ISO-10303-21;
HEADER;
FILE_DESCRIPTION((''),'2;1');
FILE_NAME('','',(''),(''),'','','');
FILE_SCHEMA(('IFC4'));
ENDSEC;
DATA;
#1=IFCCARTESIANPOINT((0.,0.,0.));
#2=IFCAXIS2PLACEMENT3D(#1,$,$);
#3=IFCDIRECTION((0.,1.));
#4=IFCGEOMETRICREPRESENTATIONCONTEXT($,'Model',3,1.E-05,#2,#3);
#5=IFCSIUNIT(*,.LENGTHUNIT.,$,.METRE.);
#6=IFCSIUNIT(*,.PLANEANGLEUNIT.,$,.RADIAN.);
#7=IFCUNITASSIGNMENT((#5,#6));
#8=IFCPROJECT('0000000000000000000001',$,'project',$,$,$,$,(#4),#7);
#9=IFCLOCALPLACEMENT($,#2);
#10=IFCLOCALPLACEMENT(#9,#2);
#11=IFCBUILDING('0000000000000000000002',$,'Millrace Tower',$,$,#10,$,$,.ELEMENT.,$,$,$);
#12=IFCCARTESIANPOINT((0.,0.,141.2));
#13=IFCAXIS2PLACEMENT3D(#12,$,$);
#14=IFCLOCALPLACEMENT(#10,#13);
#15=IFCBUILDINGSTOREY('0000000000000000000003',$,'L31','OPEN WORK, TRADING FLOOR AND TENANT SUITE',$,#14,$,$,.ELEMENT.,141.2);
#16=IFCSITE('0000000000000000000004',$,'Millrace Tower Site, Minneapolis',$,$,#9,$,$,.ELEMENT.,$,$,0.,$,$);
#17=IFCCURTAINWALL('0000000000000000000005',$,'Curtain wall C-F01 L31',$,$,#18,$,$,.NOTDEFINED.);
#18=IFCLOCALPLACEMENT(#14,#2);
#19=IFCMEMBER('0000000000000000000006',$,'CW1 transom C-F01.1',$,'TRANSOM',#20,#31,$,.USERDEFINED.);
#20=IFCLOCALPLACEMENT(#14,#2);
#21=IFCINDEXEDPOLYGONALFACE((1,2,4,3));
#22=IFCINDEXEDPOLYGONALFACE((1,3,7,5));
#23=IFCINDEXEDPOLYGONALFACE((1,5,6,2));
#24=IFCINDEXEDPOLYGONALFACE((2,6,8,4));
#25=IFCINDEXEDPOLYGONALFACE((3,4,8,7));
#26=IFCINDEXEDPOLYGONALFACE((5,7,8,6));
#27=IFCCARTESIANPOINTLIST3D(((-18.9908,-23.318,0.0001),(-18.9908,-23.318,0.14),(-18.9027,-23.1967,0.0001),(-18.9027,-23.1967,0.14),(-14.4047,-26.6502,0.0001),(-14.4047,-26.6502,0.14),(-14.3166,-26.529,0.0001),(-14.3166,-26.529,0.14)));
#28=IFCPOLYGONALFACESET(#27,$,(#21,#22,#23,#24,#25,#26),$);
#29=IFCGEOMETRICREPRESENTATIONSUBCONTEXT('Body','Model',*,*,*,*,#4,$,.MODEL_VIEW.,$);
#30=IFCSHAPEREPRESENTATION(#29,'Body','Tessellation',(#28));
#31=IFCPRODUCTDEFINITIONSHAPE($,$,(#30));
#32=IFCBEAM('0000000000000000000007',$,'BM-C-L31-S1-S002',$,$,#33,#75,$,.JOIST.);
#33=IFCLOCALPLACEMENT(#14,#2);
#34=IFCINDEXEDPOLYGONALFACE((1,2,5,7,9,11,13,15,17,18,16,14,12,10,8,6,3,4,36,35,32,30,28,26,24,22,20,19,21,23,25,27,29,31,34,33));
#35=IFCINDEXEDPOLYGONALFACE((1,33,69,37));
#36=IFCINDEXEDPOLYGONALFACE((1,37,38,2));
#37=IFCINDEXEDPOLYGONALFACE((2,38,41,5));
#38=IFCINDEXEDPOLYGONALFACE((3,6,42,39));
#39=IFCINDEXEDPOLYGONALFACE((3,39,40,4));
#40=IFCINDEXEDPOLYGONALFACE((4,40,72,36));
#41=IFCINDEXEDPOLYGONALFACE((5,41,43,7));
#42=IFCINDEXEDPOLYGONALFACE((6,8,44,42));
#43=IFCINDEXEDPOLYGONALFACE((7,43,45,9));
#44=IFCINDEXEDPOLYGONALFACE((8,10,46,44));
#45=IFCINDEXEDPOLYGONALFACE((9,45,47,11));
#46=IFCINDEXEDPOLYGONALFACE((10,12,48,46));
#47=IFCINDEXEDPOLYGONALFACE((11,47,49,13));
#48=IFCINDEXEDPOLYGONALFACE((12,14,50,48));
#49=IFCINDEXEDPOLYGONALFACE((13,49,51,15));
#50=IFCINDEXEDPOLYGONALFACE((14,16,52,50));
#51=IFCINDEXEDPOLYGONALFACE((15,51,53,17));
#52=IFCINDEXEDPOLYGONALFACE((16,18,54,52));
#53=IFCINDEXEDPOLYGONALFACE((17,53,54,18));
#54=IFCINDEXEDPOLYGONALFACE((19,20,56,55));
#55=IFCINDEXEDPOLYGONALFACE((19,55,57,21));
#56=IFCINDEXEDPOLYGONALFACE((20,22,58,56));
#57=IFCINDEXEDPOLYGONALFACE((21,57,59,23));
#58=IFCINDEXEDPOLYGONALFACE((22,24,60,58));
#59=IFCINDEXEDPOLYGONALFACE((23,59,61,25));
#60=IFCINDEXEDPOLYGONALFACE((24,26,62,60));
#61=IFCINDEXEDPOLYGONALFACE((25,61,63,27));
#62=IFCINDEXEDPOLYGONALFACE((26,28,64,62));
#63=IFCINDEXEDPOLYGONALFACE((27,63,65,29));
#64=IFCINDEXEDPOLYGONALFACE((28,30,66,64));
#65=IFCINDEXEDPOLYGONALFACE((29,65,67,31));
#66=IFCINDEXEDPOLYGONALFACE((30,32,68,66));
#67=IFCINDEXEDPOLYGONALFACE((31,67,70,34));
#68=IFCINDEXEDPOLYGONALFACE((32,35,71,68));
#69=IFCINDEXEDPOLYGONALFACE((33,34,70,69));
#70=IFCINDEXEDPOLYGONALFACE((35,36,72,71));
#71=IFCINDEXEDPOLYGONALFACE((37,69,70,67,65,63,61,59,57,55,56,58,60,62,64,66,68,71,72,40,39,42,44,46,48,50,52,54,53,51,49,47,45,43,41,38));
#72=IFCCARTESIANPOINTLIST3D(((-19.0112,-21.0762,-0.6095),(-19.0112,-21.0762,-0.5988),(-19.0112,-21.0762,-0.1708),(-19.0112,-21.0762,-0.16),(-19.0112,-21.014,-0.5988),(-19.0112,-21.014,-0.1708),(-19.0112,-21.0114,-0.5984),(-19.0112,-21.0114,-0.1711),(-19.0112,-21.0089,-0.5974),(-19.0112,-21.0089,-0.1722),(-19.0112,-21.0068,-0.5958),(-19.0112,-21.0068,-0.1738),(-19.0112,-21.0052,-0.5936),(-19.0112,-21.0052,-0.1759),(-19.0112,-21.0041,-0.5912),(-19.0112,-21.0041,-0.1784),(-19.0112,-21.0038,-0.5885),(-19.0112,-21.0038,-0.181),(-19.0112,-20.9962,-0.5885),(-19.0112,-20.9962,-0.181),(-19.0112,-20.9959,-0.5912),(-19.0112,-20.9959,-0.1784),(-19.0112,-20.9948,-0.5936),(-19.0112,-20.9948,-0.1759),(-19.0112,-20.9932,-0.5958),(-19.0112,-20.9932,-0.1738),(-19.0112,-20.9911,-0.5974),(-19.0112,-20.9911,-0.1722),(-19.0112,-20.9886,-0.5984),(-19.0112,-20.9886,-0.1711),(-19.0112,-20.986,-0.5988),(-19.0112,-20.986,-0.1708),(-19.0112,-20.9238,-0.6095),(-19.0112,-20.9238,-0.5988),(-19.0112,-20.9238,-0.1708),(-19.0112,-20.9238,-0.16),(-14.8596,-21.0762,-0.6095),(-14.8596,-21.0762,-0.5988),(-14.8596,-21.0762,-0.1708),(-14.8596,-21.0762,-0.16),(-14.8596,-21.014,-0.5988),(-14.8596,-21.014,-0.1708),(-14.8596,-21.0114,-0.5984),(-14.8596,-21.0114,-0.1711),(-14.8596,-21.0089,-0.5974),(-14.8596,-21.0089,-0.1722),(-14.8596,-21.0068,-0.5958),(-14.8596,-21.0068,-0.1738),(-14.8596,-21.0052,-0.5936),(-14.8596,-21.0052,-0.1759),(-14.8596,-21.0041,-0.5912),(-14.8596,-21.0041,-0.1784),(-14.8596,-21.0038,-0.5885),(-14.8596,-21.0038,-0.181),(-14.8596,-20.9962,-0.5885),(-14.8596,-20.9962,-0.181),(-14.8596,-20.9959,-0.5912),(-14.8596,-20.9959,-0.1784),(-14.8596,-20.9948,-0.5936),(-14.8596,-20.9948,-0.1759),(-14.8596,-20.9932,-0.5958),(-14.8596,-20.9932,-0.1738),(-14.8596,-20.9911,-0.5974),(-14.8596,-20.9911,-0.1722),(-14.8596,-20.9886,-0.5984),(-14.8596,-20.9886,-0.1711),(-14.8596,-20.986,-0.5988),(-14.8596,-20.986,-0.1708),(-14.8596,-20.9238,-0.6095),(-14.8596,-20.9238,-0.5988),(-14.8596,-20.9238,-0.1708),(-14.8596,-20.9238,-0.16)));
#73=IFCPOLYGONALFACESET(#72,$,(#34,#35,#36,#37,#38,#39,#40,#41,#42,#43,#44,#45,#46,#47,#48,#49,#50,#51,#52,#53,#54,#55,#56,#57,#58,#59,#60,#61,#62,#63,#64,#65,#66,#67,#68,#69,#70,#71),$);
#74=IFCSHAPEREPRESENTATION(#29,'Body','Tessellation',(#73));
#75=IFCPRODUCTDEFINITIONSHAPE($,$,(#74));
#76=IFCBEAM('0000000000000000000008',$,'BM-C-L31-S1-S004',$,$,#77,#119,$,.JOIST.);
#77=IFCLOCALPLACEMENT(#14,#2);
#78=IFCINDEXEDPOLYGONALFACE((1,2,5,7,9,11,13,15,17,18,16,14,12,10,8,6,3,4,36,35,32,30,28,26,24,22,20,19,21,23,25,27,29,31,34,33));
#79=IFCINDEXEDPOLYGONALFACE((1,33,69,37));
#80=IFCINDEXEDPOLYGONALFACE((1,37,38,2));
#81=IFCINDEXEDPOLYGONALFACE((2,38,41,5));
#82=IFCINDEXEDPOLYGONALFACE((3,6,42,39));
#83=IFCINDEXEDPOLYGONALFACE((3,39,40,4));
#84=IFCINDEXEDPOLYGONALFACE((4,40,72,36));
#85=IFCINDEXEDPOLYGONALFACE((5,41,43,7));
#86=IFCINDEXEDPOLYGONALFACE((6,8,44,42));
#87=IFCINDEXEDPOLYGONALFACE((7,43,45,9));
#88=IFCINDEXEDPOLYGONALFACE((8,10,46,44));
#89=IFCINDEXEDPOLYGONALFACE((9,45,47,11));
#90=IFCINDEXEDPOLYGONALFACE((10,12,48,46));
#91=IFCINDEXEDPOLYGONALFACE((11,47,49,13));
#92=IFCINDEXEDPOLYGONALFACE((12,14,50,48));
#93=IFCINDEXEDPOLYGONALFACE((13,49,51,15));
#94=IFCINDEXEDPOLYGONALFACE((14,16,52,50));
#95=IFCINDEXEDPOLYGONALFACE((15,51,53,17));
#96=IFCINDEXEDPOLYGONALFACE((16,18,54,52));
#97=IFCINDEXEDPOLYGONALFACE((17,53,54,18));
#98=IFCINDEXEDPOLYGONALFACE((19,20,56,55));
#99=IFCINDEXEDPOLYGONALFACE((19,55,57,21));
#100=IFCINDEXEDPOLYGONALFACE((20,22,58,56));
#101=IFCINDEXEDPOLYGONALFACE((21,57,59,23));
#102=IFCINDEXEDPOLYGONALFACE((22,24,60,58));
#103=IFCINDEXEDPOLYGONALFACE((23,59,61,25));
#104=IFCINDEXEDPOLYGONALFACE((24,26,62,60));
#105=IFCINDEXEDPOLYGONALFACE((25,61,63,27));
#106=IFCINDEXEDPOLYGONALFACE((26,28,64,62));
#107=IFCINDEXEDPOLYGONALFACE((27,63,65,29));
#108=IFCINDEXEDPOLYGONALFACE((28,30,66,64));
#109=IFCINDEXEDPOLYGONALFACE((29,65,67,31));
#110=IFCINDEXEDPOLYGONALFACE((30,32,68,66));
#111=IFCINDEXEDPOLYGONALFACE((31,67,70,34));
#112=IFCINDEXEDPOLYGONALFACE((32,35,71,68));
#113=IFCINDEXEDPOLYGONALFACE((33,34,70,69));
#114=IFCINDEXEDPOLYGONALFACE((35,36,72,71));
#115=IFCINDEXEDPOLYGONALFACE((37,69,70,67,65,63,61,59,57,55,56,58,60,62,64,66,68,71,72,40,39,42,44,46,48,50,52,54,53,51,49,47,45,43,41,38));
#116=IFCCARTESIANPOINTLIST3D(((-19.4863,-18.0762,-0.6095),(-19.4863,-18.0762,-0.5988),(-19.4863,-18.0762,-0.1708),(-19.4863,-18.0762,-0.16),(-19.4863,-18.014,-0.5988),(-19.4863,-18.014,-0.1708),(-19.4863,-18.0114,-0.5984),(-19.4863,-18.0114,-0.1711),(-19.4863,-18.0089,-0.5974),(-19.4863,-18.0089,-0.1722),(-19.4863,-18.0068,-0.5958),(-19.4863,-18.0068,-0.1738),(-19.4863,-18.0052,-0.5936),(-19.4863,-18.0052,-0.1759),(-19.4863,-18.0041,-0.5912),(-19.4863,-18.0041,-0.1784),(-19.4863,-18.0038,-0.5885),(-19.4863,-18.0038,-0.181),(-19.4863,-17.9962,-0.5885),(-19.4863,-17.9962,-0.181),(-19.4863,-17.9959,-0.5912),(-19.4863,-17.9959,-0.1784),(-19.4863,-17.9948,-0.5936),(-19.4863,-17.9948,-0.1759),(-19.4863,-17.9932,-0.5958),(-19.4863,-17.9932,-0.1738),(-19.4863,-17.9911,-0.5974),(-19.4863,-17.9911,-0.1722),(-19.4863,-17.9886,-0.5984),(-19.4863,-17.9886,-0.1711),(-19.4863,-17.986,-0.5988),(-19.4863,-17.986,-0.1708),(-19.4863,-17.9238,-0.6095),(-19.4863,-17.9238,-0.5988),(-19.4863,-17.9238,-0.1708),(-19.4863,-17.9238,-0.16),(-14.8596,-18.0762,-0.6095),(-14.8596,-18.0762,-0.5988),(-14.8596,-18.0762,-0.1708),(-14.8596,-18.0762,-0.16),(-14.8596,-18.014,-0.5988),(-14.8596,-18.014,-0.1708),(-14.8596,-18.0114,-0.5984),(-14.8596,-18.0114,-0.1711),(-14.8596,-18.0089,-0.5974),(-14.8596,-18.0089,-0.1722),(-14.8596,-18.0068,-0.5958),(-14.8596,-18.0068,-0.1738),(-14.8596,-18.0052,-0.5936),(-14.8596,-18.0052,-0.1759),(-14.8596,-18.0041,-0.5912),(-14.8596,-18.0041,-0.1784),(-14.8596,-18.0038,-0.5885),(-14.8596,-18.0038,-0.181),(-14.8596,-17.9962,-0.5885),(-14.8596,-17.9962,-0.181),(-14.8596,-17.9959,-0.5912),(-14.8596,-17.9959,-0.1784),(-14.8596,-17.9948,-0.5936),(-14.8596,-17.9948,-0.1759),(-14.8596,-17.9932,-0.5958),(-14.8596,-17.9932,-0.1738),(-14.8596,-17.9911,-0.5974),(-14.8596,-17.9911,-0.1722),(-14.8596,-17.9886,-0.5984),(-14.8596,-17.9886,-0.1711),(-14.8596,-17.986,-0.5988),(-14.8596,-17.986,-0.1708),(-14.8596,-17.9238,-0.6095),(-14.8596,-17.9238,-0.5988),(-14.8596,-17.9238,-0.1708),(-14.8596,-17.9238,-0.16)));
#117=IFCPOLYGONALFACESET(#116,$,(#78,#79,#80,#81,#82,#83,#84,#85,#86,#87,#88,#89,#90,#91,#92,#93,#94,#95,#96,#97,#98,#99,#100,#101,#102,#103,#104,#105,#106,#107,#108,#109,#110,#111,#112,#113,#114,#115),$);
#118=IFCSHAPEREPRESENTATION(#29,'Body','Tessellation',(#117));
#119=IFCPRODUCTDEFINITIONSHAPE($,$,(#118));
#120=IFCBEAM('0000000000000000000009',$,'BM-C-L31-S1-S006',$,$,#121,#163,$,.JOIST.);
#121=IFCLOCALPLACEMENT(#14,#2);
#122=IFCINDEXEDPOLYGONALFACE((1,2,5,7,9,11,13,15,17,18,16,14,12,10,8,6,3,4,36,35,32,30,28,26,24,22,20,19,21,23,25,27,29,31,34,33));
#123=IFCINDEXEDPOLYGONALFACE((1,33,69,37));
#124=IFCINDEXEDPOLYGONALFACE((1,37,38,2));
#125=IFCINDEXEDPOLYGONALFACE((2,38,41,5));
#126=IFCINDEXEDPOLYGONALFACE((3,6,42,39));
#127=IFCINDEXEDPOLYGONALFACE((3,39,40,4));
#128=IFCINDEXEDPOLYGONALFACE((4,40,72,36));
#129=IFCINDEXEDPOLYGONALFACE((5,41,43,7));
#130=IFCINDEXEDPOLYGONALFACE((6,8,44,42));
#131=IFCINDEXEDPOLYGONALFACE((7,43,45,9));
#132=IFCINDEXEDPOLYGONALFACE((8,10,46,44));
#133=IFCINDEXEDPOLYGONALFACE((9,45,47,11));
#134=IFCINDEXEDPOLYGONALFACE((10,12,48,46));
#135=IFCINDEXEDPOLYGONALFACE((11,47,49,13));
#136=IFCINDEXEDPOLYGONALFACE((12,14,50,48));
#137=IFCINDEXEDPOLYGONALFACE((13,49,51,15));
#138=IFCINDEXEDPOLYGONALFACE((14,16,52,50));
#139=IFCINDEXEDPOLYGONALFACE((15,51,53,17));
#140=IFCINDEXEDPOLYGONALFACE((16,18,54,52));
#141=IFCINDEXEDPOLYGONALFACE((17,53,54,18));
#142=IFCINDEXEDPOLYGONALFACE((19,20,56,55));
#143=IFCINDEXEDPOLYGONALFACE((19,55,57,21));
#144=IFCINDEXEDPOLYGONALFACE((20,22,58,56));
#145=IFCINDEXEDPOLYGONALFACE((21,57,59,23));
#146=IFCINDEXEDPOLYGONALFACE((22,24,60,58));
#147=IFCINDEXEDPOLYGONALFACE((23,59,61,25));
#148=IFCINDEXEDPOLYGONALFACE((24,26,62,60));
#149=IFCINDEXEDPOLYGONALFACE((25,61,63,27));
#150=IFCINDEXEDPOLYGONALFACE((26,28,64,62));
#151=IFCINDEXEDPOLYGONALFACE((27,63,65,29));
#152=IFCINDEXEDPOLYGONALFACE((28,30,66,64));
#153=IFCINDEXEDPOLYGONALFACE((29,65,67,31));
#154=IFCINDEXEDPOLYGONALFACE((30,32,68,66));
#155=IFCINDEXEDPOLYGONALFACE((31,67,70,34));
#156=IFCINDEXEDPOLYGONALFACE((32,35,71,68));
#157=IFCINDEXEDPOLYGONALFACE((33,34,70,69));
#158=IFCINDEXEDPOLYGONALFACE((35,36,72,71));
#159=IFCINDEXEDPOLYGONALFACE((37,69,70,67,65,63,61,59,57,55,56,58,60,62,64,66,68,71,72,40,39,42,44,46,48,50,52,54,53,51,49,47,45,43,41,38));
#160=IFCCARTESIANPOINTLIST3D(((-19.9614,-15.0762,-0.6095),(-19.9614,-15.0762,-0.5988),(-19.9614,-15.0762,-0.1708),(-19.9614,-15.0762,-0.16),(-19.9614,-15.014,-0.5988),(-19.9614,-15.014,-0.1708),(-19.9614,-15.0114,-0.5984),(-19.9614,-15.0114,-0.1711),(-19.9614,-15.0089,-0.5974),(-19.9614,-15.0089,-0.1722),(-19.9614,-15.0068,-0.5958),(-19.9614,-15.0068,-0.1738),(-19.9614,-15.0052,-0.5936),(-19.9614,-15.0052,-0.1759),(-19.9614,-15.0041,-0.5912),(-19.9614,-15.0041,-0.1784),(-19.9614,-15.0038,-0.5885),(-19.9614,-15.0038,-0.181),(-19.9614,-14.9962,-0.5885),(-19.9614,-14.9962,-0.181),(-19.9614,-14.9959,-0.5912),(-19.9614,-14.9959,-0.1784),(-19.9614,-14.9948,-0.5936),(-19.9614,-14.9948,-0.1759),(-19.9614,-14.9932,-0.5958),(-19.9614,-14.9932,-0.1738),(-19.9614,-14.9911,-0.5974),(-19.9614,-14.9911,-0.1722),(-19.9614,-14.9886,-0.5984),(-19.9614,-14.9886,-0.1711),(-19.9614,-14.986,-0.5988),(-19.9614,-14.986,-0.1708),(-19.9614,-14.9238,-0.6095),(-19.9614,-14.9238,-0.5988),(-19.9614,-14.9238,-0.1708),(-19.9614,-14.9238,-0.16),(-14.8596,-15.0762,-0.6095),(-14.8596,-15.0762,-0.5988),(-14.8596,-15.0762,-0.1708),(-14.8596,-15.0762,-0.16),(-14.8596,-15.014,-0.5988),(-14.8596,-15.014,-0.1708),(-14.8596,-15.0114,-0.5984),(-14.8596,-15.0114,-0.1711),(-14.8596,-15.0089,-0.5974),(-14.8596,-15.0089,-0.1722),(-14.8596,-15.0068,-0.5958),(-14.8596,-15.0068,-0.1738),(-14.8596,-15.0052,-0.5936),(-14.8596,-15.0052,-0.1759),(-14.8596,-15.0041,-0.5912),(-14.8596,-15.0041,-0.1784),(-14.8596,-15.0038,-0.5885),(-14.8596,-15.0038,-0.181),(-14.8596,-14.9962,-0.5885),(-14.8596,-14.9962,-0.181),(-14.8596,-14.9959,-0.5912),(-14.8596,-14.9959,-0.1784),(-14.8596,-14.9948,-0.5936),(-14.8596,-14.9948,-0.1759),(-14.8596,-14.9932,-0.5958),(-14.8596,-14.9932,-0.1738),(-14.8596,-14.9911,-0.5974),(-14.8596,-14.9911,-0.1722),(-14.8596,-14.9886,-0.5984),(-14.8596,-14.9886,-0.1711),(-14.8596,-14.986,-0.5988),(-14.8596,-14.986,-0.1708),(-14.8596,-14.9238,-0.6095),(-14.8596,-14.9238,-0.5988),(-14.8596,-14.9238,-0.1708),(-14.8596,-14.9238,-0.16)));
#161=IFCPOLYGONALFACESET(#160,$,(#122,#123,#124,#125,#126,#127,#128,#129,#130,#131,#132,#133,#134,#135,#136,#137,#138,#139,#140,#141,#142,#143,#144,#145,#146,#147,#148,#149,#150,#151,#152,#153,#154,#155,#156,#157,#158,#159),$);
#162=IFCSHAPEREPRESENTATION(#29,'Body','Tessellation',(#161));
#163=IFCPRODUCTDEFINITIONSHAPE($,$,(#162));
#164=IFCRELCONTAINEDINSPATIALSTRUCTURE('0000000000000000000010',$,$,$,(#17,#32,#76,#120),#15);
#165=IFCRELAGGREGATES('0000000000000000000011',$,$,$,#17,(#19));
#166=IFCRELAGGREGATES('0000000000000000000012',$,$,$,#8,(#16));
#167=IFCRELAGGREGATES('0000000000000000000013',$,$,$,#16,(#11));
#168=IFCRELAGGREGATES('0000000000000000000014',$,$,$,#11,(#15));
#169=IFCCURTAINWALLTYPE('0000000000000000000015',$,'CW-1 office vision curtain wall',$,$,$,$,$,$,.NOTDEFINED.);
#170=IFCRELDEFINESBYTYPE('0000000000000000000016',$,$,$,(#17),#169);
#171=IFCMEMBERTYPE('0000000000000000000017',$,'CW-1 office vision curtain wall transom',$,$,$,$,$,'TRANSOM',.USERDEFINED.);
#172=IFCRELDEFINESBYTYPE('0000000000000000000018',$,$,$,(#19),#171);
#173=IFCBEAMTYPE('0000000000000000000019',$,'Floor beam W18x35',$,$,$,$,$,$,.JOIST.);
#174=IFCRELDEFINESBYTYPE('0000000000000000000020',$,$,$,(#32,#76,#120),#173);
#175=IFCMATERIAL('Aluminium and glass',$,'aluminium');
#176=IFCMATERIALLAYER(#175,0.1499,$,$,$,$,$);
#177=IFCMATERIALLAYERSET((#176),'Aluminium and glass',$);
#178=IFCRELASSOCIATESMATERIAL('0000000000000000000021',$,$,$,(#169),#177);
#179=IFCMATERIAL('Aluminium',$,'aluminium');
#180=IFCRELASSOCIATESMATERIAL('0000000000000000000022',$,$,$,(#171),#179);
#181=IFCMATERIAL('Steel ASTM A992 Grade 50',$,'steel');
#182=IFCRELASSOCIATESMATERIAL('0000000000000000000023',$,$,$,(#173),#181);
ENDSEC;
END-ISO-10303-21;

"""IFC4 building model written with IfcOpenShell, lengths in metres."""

from ifc_helpers import new_model, si_unit, direction, frame, origin, origin_2d, place, context, subcontext, project, spatial, rectangle, i_section, extrude, material, layer, layer_set, material_profile, profile_set, type_object, element, aggregate, save


model = new_model("IFC4")

# Units and contexts
model_context = context("Model", 3, precision=1e-05, world=origin(), true_north=direction((0.0, 1.0)))
body_context = subcontext(model_context, "Body", "Model", "MODEL_VIEW")
ifc_project = project(units=[si_unit("LENGTHUNIT", "METRE"), si_unit("PLANEANGLEUNIT", "RADIAN")], contexts=[model_context])

# Site, building, storey
site_placement = place(None, origin())
site = spatial("IfcSite", under=ifc_project, at=site_placement, Name="Millrace Tower Site, Minneapolis", CompositionType="ELEMENT", RefElevation=0.0)
building_placement = place(site_placement, origin())
building = spatial("IfcBuilding", under=site, at=building_placement, Name="Millrace Tower", CompositionType="ELEMENT")
storey_placement = place(building_placement, frame((0.0, 0.0, 141.2)))
storey = spatial("IfcBuildingStorey", under=building, at=storey_placement, Name="L31", Description="OPEN WORK, TRADING FLOOR AND TENANT SUITE", CompositionType="ELEMENT", Elevation=141.2)

# Curtain wall
ifc_material_1 = material(Name="Aluminium and glass", Category="aluminium")
ifc_layer_1 = layer(ifc_material_1, 0.1499)
ifc_layer_set_1 = layer_set([ifc_layer_1], Name="Aluminium and glass")
curtain_wall_type = type_object("IfcCurtainWallType", Name="CW-1 office vision curtain wall", PredefinedType="NOTDEFINED", material=ifc_layer_set_1)
placement = place(storey_placement, origin())
curtain_wall_1 = element("IfcCurtainWall", 1, at=placement, inside=storey, type_object=curtain_wall_type, Name="Curtain wall C-F01 L31", PredefinedType="NOTDEFINED")

# Member
ifc_material_2 = material(Name="Aluminium", Category="aluminium")
ifc_material_profile_1 = material_profile(ifc_material_2, rectangle(XDim=0.1499, YDim=0.1399, at=origin_2d()))
ifc_profile_set_1 = profile_set([ifc_material_profile_1], Name="Aluminium")
member_type_1 = type_object("IfcMemberType", Name="CW-1 office vision curtain wall transom", ElementType="TRANSOM", PredefinedType="USERDEFINED", material=ifc_profile_set_1)
member_1_placement = place(storey_placement, frame((-18.9468, -23.2573, 0.0701), z_axis=(0.808999, -0.587811, 0.0), x_axis=(0.587811, 0.808999, 0.0)))
member_1 = element("IfcMember", 2, at=member_1_placement, type_object=member_type_1, Name="CW1 transom C-F01.1", ObjectType="TRANSOM", PredefinedType="USERDEFINED", context=body_context, shape_type="SweptSolid", body=[
    extrude(rectangle(XDim=0.1499, YDim=0.1399, at=origin_2d()), origin(), (0.0, 0.0, 1.0), 5.6689),
])
aggregate(curtain_wall_1, [member_1])

# Beams
ifc_material_3 = material(Name="Steel ASTM A992 Grade 50", Category="steel")
ifc_material_profile_2 = material_profile(ifc_material_3, i_section(OverallWidth=0.1523, OverallDepth=0.4495, WebThickness=0.0076, FlangeThickness=0.0107, FilletRadius=0.0103, at=origin_2d()))
ifc_profile_set_2 = profile_set([ifc_material_profile_2], Name="Steel ASTM A992 Grade 50")
beam_type_1 = type_object("IfcBeamType", Name="Floor beam W18x35", PredefinedType="JOIST", material=ifc_profile_set_2)
beam_1_placement = place(storey_placement, frame((-19.0112, -21.0, -0.3848), z_axis=(1.0, 0.0, 0.0), x_axis=(0.0, 1.0, 0.0)))
element("IfcBeam", 3, at=beam_1_placement, inside=storey, type_object=beam_type_1, Name="BM-C-L31-S1-S002", PredefinedType="JOIST", context=body_context, shape_type="SweptSolid", body=[
    extrude(i_section(OverallWidth=0.1523, OverallDepth=0.4495, WebThickness=0.0076, FlangeThickness=0.0107, FilletRadius=0.0103, at=origin_2d()), origin(), (0.0, 0.0, 1.0), 4.1516),
])
beam_2_placement = place(storey_placement, frame((-19.4863, -18.0, -0.3848), z_axis=(1.0, 0.0, 0.0), x_axis=(0.0, 1.0, 0.0)))
element("IfcBeam", 4, at=beam_2_placement, inside=storey, type_object=beam_type_1, Name="BM-C-L31-S1-S004", PredefinedType="JOIST", context=body_context, shape_type="SweptSolid", body=[
    extrude(i_section(OverallWidth=0.1523, OverallDepth=0.4495, WebThickness=0.0076, FlangeThickness=0.0107, FilletRadius=0.0103, at=origin_2d()), origin(), (0.0, 0.0, 1.0), 4.6267),
])
beam_3_placement = place(storey_placement, frame((-19.9614, -15.0, -0.3848), z_axis=(1.0, 0.0, 0.0), x_axis=(0.0, 1.0, 0.0)))
element("IfcBeam", 5, at=beam_3_placement, inside=storey, type_object=beam_type_1, Name="BM-C-L31-S1-S006", PredefinedType="JOIST", context=body_context, shape_type="SweptSolid", body=[
    extrude(i_section(OverallWidth=0.1523, OverallDepth=0.4495, WebThickness=0.0076, FlangeThickness=0.0107, FilletRadius=0.0103, at=origin_2d()), origin(), (0.0, 0.0, 1.0), 5.1018),
])

save(model, "model.ifc")
